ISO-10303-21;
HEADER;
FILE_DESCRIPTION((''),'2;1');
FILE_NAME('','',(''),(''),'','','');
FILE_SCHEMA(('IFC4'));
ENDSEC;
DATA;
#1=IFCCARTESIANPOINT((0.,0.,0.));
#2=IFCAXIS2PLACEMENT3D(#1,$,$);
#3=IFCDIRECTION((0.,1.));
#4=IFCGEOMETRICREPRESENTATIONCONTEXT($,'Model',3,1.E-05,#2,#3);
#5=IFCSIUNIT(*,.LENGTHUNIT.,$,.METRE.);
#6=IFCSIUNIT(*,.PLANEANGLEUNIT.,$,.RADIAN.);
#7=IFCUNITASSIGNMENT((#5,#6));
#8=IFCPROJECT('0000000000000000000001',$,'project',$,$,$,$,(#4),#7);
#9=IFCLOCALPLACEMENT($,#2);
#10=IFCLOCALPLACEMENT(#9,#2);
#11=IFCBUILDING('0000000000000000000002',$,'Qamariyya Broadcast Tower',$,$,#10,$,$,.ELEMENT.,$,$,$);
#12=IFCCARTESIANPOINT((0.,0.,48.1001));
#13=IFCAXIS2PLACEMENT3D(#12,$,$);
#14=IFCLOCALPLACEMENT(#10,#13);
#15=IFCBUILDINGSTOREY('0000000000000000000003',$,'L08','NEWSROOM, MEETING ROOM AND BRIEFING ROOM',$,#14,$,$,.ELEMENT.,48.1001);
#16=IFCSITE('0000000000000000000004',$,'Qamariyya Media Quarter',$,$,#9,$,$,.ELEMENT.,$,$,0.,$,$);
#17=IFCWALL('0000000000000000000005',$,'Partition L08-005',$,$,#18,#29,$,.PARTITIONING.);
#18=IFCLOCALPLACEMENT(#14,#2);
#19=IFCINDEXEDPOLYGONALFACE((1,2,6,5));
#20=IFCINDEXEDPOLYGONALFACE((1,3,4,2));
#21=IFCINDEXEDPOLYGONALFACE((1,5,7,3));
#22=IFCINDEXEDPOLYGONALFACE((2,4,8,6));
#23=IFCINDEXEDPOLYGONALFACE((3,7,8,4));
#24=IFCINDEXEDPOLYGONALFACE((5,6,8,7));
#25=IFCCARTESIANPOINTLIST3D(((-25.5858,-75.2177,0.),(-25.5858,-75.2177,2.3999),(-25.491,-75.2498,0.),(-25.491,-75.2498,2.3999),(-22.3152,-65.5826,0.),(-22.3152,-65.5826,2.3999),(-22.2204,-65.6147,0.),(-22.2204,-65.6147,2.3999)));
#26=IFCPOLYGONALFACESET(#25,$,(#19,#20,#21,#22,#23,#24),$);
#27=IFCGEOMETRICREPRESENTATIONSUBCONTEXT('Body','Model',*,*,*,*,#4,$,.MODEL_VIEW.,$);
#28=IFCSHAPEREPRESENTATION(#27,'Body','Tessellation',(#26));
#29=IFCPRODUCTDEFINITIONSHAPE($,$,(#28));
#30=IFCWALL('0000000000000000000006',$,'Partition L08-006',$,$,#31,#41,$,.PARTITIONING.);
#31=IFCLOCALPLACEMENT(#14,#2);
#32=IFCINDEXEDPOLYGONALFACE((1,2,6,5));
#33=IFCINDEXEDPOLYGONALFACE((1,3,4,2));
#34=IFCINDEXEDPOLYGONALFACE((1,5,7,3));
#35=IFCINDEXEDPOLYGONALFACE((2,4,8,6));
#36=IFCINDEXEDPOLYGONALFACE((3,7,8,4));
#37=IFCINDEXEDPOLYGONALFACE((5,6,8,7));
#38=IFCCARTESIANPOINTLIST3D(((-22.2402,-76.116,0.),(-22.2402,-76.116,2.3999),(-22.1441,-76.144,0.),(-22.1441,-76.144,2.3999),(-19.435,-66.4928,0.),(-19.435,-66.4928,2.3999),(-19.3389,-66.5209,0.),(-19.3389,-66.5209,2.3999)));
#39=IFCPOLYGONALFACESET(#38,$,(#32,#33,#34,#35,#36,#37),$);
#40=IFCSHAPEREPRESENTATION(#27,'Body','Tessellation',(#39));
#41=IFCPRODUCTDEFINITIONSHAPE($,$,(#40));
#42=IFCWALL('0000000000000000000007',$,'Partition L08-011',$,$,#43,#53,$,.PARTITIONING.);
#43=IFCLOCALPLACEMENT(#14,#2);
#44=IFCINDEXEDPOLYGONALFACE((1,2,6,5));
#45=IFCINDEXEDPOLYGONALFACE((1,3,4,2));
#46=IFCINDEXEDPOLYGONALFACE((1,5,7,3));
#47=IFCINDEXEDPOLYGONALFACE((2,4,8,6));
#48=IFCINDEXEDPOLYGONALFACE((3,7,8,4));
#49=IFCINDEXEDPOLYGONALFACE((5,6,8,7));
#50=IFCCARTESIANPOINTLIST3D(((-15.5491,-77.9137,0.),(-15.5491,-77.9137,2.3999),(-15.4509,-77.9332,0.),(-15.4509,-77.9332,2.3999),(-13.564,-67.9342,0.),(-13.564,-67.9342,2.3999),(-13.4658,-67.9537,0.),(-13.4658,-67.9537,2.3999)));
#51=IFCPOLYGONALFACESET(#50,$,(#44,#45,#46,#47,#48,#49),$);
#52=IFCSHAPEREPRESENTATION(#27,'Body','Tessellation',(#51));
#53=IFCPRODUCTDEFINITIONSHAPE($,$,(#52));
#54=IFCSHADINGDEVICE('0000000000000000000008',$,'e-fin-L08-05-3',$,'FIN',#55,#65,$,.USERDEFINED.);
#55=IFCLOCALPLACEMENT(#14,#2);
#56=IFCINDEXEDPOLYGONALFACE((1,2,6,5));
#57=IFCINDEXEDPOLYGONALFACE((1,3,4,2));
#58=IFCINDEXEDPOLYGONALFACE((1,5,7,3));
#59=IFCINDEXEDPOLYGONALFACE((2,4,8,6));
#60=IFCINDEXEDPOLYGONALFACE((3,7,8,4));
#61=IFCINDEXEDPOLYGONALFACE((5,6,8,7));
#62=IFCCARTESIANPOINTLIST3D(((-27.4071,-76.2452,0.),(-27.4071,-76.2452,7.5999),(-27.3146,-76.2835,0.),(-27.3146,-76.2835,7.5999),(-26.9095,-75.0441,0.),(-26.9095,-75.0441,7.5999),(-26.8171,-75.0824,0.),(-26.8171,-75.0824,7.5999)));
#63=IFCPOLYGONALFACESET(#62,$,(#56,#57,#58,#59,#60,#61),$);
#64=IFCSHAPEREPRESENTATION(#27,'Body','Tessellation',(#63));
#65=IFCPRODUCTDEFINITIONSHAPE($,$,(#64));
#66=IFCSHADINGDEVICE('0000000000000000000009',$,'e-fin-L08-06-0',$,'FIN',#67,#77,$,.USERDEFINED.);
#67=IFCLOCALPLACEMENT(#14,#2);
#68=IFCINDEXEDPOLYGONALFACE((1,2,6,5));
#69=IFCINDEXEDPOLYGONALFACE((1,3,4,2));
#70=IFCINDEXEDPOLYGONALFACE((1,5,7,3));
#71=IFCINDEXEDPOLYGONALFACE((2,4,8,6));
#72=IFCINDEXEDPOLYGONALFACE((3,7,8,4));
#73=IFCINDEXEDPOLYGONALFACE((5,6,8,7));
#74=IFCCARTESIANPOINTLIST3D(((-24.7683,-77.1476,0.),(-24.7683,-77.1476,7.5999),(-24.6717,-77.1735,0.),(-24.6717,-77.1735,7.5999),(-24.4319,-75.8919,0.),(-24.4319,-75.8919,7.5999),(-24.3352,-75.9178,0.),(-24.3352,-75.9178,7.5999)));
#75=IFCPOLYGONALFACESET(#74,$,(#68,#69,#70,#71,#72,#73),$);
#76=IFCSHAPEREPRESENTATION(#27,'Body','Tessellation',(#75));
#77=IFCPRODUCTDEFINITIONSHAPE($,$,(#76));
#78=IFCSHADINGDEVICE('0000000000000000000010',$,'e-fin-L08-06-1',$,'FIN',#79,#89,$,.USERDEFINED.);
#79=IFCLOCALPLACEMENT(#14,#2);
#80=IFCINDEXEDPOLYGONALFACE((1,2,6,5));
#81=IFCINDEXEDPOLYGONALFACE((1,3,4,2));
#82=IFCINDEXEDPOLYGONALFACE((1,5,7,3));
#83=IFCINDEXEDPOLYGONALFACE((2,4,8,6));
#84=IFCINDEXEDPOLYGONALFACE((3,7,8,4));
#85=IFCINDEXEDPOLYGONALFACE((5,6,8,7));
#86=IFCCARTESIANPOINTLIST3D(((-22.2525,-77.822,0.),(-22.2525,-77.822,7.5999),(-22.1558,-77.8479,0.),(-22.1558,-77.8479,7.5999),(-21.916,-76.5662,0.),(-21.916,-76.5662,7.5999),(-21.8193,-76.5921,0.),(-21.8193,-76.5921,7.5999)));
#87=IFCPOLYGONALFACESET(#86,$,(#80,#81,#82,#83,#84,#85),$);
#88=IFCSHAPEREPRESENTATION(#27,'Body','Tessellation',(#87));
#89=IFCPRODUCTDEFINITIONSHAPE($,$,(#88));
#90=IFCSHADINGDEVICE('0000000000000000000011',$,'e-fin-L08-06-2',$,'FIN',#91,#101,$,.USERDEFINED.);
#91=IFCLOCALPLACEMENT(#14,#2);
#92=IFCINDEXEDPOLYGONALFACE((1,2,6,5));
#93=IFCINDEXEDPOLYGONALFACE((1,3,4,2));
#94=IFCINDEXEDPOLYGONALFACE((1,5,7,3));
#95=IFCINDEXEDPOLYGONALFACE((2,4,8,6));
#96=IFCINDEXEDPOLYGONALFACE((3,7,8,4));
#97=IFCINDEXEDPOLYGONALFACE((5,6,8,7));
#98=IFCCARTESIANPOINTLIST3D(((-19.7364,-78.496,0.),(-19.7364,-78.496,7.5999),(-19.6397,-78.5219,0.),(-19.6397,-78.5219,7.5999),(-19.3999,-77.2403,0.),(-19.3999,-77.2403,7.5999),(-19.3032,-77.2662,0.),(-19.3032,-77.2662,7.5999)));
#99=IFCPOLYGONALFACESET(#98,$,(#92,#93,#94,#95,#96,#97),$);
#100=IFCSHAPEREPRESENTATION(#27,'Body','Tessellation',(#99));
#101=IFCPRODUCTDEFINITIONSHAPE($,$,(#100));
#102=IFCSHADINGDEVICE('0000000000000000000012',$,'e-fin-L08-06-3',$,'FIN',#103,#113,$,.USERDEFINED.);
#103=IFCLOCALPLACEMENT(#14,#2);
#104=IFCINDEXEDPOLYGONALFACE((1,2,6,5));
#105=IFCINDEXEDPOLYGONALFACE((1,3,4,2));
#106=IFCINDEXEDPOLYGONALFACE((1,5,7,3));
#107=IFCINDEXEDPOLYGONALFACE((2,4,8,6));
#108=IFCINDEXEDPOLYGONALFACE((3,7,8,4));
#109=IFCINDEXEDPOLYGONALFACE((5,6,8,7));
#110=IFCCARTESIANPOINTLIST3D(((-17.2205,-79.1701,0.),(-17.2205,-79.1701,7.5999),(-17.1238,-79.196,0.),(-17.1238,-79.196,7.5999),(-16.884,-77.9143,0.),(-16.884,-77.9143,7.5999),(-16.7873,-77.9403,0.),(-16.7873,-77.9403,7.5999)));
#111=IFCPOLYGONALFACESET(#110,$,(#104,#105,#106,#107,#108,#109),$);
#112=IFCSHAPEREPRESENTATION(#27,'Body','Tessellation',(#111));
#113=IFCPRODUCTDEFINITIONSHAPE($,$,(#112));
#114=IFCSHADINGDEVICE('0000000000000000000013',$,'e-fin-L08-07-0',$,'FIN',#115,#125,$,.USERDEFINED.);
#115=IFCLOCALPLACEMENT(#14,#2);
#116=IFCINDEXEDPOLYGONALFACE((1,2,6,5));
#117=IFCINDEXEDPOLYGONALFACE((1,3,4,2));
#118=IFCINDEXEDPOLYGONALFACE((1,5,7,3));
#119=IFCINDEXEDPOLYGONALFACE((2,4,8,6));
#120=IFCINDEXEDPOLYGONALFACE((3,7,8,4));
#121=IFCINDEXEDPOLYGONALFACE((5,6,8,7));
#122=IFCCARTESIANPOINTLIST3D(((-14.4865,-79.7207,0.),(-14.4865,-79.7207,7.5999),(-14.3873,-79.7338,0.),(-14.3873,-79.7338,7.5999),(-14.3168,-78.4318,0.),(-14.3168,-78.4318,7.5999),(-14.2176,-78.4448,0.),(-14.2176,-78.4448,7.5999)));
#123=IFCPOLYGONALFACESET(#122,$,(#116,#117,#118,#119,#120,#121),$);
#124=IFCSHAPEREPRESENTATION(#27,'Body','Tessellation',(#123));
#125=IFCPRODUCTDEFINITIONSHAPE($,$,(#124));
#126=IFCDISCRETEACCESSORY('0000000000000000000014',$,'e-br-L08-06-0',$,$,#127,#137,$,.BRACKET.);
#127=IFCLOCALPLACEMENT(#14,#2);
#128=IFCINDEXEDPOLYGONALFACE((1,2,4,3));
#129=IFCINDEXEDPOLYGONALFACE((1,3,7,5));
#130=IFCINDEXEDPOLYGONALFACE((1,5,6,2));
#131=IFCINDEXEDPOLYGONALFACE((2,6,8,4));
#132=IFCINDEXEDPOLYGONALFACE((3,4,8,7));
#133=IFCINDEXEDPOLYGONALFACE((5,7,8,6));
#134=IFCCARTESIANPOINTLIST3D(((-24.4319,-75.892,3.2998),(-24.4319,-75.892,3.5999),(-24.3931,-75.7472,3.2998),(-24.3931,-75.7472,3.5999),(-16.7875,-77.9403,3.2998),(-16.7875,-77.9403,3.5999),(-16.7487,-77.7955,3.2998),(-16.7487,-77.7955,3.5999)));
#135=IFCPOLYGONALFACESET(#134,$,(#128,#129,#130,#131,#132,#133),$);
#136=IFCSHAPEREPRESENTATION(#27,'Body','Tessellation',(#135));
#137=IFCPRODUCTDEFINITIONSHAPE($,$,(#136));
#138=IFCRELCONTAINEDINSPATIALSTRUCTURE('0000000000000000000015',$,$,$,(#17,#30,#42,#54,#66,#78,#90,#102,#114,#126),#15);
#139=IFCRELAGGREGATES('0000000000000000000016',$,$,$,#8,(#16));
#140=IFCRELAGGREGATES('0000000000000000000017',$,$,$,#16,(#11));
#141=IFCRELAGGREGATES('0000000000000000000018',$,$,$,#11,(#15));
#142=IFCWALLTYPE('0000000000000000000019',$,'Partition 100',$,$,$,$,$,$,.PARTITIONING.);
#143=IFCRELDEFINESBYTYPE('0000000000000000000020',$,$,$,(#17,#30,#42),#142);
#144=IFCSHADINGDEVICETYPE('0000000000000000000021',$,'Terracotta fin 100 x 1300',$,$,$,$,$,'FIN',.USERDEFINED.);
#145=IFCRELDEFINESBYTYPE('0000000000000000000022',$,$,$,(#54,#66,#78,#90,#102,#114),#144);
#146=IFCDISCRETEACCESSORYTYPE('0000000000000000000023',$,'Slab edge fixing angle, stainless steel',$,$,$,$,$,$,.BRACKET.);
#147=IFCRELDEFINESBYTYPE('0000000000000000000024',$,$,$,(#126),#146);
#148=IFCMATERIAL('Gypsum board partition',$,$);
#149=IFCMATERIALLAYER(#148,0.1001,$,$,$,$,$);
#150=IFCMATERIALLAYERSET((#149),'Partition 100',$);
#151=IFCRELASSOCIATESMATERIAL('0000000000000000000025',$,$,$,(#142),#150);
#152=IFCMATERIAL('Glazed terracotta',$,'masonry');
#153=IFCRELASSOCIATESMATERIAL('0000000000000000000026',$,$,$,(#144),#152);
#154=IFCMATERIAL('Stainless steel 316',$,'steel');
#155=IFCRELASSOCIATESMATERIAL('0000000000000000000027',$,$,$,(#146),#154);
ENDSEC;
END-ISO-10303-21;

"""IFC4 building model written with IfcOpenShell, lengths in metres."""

from ifc_helpers import new_model, si_unit, direction, frame, frame_2d, origin, origin_2d, place, context, subcontext, project, spatial, rectangle, extrude, material, layer, layer_set, material_profile, profile_set, type_object, element, save


model = new_model("IFC4")

# Units and contexts
model_context = context("Model", 3, precision=1e-05, world=origin(), true_north=direction((0.0, 1.0)))
body_context = subcontext(model_context, "Body", "Model", "MODEL_VIEW")
ifc_project = project(units=[si_unit("LENGTHUNIT", "METRE"), si_unit("PLANEANGLEUNIT", "RADIAN")], contexts=[model_context])

# Site, building, storey
site_placement = place(None, origin())
site = spatial("IfcSite", under=ifc_project, at=site_placement, Name="Qamariyya Media Quarter", CompositionType="ELEMENT", RefElevation=0.0)
building_placement = place(site_placement, origin())
building = spatial("IfcBuilding", under=site, at=building_placement, Name="Qamariyya Broadcast Tower", CompositionType="ELEMENT")
storey_placement = place(building_placement, frame((0.0, 0.0, 48.1001)))
storey = spatial("IfcBuildingStorey", under=building, at=storey_placement, Name="L08", Description="NEWSROOM, MEETING ROOM AND BRIEFING ROOM", CompositionType="ELEMENT", Elevation=48.1001)

# Shared definitions
ifc_material_1 = material(Name="Gypsum board partition")

# Walls
ifc_layer_1 = layer(ifc_material_1, 0.1001)
ifc_layer_set_1 = layer_set([ifc_layer_1], Name="Partition 100")
wall_type_1 = type_object("IfcWallType", Name="Partition 100", PredefinedType="PARTITIONING", material=ifc_layer_set_1)
wall_1_placement = place(storey_placement, frame((-25.5383, -75.2336, 0.0), z_axis=(0.0, 0.0, 1.0), x_axis=(0.321427, 0.946934, 0.0)))
element("IfcWall", 1, at=wall_1_placement, inside=storey, type_object=wall_type_1, Name="Partition L08-005", PredefinedType="PARTITIONING", context=body_context, shape_type="SweptSolid", body=[
    extrude(rectangle(XDim=10.175, YDim=0.1001, at=frame_2d((5.0874, 0.0))), origin(), (0.0, 0.0, 1.0), 2.3999),
])
wall_2_placement = place(storey_placement, frame((-22.1921, -76.1299, 0.0), z_axis=(0.0, 0.0, 1.0), x_axis=(0.279858, 0.960041, 0.0)))
element("IfcWall", 2, at=wall_2_placement, inside=storey, type_object=wall_type_1, Name="Partition L08-006", PredefinedType="PARTITIONING", context=body_context, shape_type="SweptSolid", body=[
    extrude(rectangle(XDim=10.0237, YDim=0.1001, at=frame_2d((5.0117, 0.0))), origin(), (0.0, 0.0, 1.0), 2.3999),
])
wall_3_placement = place(storey_placement, frame((-15.5, -77.9233, 0.0), z_axis=(0.0, 0.0, 1.0), x_axis=(0.195096, 0.980784, 0.0)))
element("IfcWall", 3, at=wall_3_placement, inside=storey, type_object=wall_type_1, Name="Partition L08-011", PredefinedType="PARTITIONING", context=body_context, shape_type="SweptSolid", body=[
    extrude(rectangle(XDim=10.175, YDim=0.1001, at=frame_2d((5.0874, 0.0))), origin(), (0.0, 0.0, 1.0), 2.3999),
])

# Shading devices
ifc_material_2 = material(Name="Glazed terracotta", Category="masonry")
ifc_material_profile_1 = material_profile(ifc_material_2, rectangle(XDim=1.3, YDim=0.1001, at=origin_2d()))
ifc_profile_set_1 = profile_set([ifc_material_profile_1], Name="Glazed terracotta")
shading_device_type_1 = type_object("IfcShadingDeviceType", Name="Terracotta fin 100 x 1300", ElementType="FIN", PredefinedType="USERDEFINED", material=ifc_profile_set_1)
for number, where, z_axis, x_axis, name in (
    (4, (-27.1121, -75.6638, 0.0), (0.0, 0.0, 1.0), (-0.382683, -0.92388, 0.0), "e-fin-L08-05-3"),
    (5, (-24.5518, -76.5327, 0.0), (0.0, 0.0, 1.0), (-0.258819, -0.965926, 0.0), "e-fin-L08-06-0"),
    (6, (-22.0359, -77.207, 0.0), (0.0, 0.0, 1.0), (-0.258819, -0.965926, 0.0), "e-fin-L08-06-1"),
    (7, (-19.5198, -77.8811, 0.0), (0.0, 0.0, 1.0), (-0.258819, -0.965926, 0.0), "e-fin-L08-06-2"),
    (8, (-17.0039, -78.5552, 0.0), (0.0, 0.0, 1.0), (-0.258819, -0.965926, 0.0), "e-fin-L08-06-3"),
    (9, (-14.3521, -79.0828, 0.0), (0.0, 0.0, 1.0), (-0.130526, -0.991445, 0.0), "e-fin-L08-07-0"),
):
    element("IfcShadingDevice", number, at=place(storey_placement, frame(where, z_axis=z_axis, x_axis=x_axis)), inside=storey, type_object=shading_device_type_1, Name=name, ObjectType="FIN", PredefinedType="USERDEFINED", context=body_context, shape_type="SweptSolid", body=[
        extrude(rectangle(XDim=1.3, YDim=0.1001, at=origin_2d()), origin(), (0.0, 0.0, 1.0), 7.5999),
    ])

# Discrete accessory
ifc_material_3 = material(Name="Stainless steel 316", Category="steel")
discrete_accessory_type = type_object("IfcDiscreteAccessoryType", Name="Slab edge fixing angle, stainless steel", PredefinedType="BRACKET", material=ifc_material_3)
discrete_accessory_placement = place(storey_placement, frame((-20.5903, -76.8438, 3.2998), z_axis=(0.0, 0.0, 1.0), x_axis=(0.965926, -0.258819, 0.0)))
element("IfcDiscreteAccessory", 10, at=discrete_accessory_placement, inside=storey, type_object=discrete_accessory_type, Name="e-br-L08-06-0", PredefinedType="BRACKET", context=body_context, shape_type="SweptSolid", body=[
    extrude(rectangle(XDim=7.9141, YDim=0.1499, at=origin_2d()), origin(), (0.0, 0.0, 1.0), 0.3),
])

save(model, "model.ifc")
